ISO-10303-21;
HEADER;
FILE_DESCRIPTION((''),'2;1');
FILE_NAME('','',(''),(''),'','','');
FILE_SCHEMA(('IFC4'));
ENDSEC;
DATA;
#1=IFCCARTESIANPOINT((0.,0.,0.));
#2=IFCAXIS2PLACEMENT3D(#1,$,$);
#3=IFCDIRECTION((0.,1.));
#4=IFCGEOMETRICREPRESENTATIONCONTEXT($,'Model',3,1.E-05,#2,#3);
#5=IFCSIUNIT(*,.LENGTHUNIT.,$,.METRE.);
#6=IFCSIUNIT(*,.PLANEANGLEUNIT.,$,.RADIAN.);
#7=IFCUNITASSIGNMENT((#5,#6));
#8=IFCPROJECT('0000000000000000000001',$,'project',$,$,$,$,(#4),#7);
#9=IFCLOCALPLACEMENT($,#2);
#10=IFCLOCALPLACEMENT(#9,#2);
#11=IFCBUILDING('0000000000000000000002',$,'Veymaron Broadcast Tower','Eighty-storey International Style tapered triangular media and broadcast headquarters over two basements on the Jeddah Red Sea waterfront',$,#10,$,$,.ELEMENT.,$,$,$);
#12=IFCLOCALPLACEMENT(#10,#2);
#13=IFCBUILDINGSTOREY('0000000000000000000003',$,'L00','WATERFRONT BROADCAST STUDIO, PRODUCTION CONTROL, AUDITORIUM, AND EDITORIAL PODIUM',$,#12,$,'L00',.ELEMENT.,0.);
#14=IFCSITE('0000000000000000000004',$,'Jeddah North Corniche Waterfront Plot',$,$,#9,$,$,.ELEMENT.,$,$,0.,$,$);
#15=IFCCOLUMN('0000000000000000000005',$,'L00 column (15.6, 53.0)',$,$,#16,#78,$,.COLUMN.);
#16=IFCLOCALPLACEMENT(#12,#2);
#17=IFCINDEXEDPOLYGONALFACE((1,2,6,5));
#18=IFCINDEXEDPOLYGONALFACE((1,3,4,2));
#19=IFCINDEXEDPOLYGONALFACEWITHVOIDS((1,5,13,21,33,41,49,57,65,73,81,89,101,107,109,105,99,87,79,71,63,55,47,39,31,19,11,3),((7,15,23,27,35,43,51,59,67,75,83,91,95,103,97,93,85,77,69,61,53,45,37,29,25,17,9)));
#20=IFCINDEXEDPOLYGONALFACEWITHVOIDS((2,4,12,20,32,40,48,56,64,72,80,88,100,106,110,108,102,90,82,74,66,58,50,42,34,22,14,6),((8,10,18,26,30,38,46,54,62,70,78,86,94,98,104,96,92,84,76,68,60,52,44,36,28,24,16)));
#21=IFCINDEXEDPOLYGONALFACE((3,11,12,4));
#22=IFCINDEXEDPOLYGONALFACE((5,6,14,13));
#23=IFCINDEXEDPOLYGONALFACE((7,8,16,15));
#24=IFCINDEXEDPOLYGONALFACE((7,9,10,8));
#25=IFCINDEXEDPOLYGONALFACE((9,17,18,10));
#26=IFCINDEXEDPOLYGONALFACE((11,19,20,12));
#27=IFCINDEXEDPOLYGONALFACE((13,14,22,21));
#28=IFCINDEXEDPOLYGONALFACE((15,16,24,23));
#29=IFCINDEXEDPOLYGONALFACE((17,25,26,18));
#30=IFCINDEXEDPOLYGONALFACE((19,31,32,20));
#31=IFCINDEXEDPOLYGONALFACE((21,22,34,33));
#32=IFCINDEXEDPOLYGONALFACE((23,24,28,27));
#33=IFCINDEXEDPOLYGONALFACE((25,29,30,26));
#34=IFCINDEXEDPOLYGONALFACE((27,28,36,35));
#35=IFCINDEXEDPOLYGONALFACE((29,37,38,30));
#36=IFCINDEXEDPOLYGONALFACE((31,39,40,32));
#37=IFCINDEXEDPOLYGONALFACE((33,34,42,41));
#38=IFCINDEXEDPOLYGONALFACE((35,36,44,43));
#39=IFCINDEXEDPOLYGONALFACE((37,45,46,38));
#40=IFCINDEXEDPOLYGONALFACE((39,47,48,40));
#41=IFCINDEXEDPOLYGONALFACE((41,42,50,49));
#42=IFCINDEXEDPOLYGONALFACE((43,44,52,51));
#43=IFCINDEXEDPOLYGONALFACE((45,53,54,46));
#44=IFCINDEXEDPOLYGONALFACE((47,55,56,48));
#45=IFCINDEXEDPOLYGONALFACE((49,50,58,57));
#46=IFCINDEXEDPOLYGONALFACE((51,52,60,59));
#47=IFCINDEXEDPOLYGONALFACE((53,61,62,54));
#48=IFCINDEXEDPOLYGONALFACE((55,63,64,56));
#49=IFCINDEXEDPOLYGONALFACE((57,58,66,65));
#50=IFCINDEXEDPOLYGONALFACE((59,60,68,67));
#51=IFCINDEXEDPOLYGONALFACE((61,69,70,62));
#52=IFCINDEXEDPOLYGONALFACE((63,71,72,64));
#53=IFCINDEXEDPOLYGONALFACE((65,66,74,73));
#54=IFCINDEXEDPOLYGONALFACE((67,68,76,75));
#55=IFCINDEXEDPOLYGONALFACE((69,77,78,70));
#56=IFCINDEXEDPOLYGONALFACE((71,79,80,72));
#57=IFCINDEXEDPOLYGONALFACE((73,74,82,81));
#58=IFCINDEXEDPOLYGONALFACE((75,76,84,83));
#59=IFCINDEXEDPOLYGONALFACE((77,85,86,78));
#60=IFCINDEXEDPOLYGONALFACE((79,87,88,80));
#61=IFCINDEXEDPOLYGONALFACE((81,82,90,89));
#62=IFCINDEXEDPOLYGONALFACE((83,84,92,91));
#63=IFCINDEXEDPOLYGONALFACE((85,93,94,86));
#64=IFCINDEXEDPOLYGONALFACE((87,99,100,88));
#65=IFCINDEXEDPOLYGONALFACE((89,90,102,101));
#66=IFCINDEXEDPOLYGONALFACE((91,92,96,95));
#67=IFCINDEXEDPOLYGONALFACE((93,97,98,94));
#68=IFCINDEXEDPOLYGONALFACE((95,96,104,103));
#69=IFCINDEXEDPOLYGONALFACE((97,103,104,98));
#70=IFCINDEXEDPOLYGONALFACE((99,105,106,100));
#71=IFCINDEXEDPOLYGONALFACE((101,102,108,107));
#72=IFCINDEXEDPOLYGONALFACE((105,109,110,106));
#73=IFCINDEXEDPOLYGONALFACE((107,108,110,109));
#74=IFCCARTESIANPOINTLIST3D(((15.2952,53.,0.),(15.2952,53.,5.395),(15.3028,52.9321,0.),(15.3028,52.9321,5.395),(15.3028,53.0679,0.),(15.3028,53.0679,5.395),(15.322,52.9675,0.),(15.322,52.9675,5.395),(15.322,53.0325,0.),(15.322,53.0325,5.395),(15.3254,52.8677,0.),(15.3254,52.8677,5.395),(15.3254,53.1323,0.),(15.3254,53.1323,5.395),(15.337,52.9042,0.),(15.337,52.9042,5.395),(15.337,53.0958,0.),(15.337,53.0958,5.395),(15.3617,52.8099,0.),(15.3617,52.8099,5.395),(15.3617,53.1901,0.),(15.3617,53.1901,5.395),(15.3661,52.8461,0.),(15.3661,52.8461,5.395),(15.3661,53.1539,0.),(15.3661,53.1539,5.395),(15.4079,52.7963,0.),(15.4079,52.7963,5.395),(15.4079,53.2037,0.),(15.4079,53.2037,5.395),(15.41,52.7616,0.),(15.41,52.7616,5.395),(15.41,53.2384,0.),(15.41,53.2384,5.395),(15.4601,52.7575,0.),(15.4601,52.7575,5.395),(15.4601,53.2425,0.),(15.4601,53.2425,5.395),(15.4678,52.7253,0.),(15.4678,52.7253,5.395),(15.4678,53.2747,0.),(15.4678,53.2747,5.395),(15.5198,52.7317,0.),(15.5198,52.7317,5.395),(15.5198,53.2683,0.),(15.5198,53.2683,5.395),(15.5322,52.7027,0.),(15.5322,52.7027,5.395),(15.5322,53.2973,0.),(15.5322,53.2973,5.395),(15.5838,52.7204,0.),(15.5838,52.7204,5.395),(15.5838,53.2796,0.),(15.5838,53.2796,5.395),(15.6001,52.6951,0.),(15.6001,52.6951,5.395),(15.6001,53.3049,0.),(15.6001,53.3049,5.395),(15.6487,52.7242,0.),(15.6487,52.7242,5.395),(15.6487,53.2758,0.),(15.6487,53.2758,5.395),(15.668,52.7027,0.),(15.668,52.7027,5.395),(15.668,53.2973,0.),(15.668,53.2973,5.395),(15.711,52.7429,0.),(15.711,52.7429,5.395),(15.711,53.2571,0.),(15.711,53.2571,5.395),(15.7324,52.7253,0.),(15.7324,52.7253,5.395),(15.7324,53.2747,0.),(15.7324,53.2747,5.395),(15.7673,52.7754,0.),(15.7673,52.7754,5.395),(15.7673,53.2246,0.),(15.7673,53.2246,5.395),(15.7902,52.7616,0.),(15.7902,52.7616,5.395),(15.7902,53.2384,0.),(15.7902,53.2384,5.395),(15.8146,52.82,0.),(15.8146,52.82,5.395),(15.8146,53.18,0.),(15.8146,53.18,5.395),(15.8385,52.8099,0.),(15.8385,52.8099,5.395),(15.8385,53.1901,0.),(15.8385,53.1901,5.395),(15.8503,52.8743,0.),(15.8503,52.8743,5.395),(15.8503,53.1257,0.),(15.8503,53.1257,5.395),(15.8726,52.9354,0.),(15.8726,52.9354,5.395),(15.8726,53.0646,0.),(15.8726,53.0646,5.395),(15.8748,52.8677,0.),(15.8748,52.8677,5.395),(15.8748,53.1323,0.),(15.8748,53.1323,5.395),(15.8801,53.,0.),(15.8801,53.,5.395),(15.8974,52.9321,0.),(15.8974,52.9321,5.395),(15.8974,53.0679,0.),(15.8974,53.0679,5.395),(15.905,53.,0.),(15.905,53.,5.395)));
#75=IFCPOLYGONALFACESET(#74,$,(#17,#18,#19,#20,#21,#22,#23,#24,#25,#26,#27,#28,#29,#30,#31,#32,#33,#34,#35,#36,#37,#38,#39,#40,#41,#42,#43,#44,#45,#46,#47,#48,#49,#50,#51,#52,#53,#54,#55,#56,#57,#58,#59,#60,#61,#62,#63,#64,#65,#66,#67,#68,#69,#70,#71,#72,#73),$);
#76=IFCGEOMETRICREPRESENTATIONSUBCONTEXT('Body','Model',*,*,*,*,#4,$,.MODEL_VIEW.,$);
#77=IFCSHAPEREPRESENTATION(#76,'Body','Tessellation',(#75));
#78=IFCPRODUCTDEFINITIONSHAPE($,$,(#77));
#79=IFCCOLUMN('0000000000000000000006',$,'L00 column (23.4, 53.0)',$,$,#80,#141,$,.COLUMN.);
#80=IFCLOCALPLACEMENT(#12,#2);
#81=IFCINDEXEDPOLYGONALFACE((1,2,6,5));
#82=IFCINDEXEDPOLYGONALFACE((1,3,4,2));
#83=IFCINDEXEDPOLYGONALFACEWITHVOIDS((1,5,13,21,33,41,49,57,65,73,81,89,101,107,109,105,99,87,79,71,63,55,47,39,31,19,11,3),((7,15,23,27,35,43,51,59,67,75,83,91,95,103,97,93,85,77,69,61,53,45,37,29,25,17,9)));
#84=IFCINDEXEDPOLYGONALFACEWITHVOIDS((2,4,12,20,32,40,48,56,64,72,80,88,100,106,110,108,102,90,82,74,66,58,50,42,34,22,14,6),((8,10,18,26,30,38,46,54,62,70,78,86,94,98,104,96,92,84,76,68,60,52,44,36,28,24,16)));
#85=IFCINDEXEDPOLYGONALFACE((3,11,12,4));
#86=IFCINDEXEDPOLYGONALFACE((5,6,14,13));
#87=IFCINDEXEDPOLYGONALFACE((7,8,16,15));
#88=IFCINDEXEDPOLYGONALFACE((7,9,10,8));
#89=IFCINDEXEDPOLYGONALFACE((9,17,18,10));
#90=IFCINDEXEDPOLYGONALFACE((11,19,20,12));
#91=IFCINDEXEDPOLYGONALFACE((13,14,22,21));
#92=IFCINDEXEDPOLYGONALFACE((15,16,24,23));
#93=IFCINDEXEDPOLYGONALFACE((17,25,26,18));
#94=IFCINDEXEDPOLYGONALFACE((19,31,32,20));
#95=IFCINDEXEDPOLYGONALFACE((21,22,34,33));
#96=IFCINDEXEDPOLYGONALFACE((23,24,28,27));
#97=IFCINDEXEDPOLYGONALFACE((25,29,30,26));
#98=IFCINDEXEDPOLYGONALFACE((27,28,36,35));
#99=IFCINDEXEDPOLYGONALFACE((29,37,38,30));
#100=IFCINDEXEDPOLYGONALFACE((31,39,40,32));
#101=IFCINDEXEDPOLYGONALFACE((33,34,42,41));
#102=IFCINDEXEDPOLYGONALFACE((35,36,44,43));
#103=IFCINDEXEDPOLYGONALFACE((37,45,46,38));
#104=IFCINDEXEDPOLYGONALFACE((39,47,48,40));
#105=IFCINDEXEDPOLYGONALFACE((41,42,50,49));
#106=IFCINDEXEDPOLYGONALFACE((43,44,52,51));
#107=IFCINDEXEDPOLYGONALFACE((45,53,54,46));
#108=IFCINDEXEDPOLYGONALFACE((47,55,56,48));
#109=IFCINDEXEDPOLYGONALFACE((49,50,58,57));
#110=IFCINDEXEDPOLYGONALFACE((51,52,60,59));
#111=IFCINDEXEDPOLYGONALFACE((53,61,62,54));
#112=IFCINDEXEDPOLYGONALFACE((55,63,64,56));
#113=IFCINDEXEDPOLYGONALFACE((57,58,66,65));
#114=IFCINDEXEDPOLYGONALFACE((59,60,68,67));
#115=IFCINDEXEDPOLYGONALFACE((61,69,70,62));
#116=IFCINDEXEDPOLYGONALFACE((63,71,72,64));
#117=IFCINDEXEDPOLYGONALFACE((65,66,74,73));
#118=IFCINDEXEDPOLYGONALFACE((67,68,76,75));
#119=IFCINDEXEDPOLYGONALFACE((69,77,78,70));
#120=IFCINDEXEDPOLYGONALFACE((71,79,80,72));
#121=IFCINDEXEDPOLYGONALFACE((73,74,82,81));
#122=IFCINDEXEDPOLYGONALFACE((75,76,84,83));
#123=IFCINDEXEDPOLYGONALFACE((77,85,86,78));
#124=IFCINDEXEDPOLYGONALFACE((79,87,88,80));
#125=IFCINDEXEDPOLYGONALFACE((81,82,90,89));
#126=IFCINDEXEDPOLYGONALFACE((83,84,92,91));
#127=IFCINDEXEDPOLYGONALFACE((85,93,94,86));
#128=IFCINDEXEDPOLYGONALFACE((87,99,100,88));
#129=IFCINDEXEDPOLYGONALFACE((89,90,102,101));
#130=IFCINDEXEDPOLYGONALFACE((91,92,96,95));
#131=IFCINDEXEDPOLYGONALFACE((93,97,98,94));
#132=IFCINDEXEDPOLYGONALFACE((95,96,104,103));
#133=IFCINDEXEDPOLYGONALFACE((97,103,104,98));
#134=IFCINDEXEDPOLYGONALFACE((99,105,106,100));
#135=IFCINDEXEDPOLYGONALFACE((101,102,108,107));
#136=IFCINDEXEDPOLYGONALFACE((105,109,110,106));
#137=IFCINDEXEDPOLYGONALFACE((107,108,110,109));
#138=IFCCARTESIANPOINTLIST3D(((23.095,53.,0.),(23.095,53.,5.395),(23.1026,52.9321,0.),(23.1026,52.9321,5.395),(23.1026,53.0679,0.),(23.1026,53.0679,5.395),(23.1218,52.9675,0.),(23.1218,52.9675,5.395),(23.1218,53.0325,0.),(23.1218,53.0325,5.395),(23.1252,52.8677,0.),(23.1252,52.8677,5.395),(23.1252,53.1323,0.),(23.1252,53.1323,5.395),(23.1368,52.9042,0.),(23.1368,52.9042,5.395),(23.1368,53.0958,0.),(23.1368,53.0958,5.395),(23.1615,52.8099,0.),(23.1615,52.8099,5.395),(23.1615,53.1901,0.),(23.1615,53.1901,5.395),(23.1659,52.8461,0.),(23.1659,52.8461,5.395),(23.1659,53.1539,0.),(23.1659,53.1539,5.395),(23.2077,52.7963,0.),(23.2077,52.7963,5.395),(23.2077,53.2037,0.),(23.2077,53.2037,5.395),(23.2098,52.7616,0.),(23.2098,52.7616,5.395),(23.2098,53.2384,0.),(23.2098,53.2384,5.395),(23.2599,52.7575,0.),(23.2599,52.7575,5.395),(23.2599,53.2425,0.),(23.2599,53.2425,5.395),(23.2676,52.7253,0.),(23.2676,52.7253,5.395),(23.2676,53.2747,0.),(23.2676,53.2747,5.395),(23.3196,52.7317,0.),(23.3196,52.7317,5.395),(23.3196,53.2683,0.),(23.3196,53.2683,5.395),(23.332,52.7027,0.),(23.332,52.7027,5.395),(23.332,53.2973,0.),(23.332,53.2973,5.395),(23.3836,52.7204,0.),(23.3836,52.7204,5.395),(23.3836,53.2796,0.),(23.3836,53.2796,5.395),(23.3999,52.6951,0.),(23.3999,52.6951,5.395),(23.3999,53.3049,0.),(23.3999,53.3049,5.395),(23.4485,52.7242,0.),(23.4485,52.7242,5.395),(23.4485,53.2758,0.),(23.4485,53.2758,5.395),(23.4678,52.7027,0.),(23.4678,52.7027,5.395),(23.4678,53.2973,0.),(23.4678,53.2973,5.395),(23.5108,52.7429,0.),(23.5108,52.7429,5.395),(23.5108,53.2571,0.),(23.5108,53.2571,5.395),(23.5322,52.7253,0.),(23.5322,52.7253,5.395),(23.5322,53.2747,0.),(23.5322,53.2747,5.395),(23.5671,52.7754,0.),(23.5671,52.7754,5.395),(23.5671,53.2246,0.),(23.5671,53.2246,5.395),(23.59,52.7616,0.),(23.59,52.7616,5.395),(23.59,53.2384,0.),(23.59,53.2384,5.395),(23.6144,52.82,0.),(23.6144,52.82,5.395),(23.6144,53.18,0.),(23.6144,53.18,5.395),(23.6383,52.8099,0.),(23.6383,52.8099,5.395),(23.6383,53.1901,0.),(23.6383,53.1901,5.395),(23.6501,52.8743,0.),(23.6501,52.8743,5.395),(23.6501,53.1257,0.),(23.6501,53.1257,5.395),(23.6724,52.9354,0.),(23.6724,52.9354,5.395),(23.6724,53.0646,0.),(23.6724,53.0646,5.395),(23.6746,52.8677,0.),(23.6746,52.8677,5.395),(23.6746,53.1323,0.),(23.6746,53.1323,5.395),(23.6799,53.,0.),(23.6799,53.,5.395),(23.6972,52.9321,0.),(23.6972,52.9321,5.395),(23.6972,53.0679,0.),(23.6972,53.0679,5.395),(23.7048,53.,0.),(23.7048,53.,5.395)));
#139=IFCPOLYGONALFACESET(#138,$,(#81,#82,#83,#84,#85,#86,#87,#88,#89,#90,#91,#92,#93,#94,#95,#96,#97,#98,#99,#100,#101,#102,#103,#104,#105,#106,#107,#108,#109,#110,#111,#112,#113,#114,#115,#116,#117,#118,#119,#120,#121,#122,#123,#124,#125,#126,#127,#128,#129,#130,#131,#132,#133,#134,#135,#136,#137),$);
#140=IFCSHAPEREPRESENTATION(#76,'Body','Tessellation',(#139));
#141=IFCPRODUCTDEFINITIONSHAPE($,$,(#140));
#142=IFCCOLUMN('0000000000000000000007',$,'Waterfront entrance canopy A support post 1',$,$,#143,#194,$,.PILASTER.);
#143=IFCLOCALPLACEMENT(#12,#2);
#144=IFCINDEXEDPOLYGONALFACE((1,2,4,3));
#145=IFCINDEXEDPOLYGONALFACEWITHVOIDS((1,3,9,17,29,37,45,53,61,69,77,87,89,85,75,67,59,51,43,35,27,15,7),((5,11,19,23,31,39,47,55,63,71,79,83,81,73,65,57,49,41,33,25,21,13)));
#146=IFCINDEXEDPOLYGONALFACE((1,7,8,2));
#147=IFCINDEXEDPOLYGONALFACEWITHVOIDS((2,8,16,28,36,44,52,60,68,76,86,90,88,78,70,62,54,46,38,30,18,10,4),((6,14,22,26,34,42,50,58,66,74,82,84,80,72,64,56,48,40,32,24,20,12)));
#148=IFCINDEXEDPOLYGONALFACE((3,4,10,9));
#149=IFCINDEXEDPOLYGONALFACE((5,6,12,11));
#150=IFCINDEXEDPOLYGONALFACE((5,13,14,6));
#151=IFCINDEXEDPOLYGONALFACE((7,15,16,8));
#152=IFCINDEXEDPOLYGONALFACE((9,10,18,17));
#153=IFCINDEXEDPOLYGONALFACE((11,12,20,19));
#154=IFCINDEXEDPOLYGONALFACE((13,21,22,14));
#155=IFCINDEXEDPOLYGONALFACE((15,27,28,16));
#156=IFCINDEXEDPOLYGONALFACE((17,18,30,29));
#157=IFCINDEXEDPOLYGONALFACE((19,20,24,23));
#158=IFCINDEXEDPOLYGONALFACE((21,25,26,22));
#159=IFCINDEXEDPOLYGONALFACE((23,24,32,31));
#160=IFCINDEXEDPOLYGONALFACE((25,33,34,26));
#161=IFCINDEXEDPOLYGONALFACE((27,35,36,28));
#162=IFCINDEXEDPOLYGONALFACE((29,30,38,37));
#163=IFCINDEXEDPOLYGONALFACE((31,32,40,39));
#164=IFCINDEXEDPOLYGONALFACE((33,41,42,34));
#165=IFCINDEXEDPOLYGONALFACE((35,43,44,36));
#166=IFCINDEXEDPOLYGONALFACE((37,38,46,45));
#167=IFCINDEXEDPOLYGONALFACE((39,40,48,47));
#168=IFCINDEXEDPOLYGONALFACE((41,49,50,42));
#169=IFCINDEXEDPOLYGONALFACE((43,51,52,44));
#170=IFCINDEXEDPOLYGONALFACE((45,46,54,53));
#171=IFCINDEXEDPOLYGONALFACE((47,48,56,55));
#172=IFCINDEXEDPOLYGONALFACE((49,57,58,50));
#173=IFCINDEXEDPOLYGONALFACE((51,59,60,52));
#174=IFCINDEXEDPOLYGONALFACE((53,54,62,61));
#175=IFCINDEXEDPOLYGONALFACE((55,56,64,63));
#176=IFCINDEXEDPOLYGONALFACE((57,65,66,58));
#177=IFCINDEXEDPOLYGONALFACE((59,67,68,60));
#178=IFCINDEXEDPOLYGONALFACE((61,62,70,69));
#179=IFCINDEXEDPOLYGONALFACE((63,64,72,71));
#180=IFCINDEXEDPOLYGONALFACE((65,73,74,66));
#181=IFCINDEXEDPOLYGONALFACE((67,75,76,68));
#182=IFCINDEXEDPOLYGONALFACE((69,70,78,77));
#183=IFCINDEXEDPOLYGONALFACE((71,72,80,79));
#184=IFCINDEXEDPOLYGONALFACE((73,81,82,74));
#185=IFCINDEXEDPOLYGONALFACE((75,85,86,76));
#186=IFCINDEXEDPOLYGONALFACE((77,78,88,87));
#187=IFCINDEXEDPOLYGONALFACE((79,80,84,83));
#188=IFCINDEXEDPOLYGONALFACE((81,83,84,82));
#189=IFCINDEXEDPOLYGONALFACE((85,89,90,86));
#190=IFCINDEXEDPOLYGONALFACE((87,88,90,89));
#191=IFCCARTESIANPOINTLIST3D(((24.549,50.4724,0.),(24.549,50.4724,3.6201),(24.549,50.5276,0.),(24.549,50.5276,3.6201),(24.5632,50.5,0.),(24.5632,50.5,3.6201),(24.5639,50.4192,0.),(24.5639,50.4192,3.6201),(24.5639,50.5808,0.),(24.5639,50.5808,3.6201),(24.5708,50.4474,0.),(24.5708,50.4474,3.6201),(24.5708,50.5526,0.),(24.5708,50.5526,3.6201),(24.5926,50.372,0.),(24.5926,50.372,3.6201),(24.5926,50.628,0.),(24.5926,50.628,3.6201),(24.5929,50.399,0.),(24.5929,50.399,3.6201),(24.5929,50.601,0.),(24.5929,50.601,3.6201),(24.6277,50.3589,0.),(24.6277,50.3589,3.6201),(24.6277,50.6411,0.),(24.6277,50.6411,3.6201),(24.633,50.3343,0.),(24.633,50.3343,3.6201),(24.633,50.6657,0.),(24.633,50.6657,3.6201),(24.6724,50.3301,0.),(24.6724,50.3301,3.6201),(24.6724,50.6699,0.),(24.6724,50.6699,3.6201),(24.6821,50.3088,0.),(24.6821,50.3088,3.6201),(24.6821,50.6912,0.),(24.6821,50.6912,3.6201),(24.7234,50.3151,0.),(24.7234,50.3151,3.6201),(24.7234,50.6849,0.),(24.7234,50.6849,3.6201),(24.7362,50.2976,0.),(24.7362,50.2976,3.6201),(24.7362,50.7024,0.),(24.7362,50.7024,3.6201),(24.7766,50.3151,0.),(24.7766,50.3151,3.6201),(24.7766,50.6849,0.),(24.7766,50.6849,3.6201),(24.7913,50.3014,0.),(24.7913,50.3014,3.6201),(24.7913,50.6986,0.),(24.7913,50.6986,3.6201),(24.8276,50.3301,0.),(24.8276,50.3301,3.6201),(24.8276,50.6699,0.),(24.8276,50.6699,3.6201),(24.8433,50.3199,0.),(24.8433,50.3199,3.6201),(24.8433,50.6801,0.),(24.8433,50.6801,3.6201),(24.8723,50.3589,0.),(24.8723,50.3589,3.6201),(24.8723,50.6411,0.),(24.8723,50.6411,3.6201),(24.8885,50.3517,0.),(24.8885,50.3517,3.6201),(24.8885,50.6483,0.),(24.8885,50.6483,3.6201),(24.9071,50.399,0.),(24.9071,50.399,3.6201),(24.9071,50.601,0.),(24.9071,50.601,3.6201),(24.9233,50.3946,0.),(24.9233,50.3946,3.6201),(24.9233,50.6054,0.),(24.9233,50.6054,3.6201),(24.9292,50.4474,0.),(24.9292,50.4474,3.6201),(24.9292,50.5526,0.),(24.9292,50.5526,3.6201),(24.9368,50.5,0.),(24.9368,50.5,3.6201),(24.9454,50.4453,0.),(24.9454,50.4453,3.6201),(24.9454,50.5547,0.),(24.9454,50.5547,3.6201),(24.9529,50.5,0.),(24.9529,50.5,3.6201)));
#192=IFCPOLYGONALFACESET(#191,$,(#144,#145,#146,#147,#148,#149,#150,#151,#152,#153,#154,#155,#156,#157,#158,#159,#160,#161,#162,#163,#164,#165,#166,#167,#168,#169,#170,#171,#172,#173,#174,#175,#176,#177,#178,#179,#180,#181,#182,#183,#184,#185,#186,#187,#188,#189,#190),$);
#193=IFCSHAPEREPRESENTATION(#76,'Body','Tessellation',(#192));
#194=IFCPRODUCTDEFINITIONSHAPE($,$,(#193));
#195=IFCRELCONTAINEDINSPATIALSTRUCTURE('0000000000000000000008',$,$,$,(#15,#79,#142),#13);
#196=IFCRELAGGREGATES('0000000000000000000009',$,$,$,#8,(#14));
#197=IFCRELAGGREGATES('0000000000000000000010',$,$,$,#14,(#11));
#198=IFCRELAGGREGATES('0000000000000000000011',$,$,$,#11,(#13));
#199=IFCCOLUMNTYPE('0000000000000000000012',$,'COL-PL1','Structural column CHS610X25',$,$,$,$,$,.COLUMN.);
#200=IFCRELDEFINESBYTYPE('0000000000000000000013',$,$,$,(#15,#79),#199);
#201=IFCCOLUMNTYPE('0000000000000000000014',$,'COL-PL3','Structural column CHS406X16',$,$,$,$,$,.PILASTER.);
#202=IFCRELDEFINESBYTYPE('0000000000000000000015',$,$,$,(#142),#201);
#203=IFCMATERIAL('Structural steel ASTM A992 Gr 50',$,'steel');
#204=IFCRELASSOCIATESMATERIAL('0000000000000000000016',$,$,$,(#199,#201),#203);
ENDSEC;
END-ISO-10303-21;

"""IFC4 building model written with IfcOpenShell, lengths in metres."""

from ifc_helpers import new_model, si_unit, direction, frame, origin, origin_2d, place, context, subcontext, project, spatial, hollow_circle, extrude, material, material_profile, profile_set, type_object, element, save


model = new_model("IFC4")

# Units and contexts
model_context = context("Model", 3, precision=1e-05, world=origin(), true_north=direction((0.0, 1.0)))
body_context = subcontext(model_context, "Body", "Model", "MODEL_VIEW")
ifc_project = project(units=[si_unit("LENGTHUNIT", "METRE"), si_unit("PLANEANGLEUNIT", "RADIAN")], contexts=[model_context])

# Site, building, storey
site_placement = place(None, origin())
site = spatial("IfcSite", under=ifc_project, at=site_placement, Name="Jeddah North Corniche Waterfront Plot", CompositionType="ELEMENT", RefElevation=0.0)
building_placement = place(site_placement, origin())
building = spatial("IfcBuilding", under=site, at=building_placement, Name="Veymaron Broadcast Tower", Description="Eighty-storey International Style tapered triangular media and broadcast headquarters over two basements on the Jeddah Red Sea waterfront", CompositionType="ELEMENT")
storey_placement = place(building_placement, origin())
storey = spatial("IfcBuildingStorey", under=building, at=storey_placement, Name="L00", Description="WATERFRONT BROADCAST STUDIO, PRODUCTION CONTROL, AUDITORIUM, AND EDITORIAL PODIUM", LongName="L00", CompositionType="ELEMENT", Elevation=0.0)

# Columns
ifc_material_1 = material(Name="Structural steel ASTM A992 Gr 50", Category="steel")
ifc_material_profile_1 = material_profile(ifc_material_1, hollow_circle(Radius=0.3049, WallThickness=0.0249, at=origin_2d()), Name="CHS610X25")
ifc_profile_set_1 = profile_set([ifc_material_profile_1], Name="Structural steel ASTM A992 Gr 50")
column_type_1 = type_object("IfcColumnType", Name="COL-PL1", Description="Structural column CHS610X25", PredefinedType="COLUMN", material=ifc_profile_set_1)
for number, where, z_axis, x_axis, name in (
    (1, (15.6001, 53.0, 0.0), (0.0, 0.0, 1.0), (1.0, 0.0, 0.0), "L00 column (15.6, 53.0)"),
    (2, (23.3999, 53.0, 0.0), (0.0, 0.0, 1.0), (1.0, 0.0, 0.0), "L00 column (23.4, 53.0)"),
):
    element("IfcColumn", number, at=place(storey_placement, frame(where, z_axis=z_axis, x_axis=x_axis)), inside=storey, type_object=column_type_1, Name=name, PredefinedType="COLUMN", context=body_context, shape_type="SweptSolid", body=[
        extrude(hollow_circle(Radius=0.3049, WallThickness=0.0249, at=origin_2d()), origin(), (0.0, 0.0, 1.0), 5.395),
    ])
ifc_material_profile_2 = material_profile(ifc_material_1, hollow_circle(Radius=0.2029, WallThickness=0.0161, at=origin_2d()), Name="CHS406X16")
ifc_profile_set_2 = profile_set([ifc_material_profile_2], Name="Structural steel ASTM A992 Gr 50")
column_type_2 = type_object("IfcColumnType", Name="COL-PL3", Description="Structural column CHS406X16", PredefinedType="PILASTER", material=ifc_profile_set_2)
for number, where, z_axis, x_axis, name in (
    (3, (24.75, 50.5, 0.0), (0.0, 0.0, 1.0), (1.0, 0.0, 0.0), "Waterfront entrance canopy A support post 1"),
):
    element("IfcColumn", number, at=place(storey_placement, frame(where, z_axis=z_axis, x_axis=x_axis)), inside=storey, type_object=column_type_2, Name=name, PredefinedType="PILASTER", context=body_context, shape_type="SweptSolid", body=[
        extrude(hollow_circle(Radius=0.2029, WallThickness=0.0161, at=origin_2d()), origin(), (0.0, 0.0, 1.0), 3.6201),
    ])

save(model, "model.ifc")
